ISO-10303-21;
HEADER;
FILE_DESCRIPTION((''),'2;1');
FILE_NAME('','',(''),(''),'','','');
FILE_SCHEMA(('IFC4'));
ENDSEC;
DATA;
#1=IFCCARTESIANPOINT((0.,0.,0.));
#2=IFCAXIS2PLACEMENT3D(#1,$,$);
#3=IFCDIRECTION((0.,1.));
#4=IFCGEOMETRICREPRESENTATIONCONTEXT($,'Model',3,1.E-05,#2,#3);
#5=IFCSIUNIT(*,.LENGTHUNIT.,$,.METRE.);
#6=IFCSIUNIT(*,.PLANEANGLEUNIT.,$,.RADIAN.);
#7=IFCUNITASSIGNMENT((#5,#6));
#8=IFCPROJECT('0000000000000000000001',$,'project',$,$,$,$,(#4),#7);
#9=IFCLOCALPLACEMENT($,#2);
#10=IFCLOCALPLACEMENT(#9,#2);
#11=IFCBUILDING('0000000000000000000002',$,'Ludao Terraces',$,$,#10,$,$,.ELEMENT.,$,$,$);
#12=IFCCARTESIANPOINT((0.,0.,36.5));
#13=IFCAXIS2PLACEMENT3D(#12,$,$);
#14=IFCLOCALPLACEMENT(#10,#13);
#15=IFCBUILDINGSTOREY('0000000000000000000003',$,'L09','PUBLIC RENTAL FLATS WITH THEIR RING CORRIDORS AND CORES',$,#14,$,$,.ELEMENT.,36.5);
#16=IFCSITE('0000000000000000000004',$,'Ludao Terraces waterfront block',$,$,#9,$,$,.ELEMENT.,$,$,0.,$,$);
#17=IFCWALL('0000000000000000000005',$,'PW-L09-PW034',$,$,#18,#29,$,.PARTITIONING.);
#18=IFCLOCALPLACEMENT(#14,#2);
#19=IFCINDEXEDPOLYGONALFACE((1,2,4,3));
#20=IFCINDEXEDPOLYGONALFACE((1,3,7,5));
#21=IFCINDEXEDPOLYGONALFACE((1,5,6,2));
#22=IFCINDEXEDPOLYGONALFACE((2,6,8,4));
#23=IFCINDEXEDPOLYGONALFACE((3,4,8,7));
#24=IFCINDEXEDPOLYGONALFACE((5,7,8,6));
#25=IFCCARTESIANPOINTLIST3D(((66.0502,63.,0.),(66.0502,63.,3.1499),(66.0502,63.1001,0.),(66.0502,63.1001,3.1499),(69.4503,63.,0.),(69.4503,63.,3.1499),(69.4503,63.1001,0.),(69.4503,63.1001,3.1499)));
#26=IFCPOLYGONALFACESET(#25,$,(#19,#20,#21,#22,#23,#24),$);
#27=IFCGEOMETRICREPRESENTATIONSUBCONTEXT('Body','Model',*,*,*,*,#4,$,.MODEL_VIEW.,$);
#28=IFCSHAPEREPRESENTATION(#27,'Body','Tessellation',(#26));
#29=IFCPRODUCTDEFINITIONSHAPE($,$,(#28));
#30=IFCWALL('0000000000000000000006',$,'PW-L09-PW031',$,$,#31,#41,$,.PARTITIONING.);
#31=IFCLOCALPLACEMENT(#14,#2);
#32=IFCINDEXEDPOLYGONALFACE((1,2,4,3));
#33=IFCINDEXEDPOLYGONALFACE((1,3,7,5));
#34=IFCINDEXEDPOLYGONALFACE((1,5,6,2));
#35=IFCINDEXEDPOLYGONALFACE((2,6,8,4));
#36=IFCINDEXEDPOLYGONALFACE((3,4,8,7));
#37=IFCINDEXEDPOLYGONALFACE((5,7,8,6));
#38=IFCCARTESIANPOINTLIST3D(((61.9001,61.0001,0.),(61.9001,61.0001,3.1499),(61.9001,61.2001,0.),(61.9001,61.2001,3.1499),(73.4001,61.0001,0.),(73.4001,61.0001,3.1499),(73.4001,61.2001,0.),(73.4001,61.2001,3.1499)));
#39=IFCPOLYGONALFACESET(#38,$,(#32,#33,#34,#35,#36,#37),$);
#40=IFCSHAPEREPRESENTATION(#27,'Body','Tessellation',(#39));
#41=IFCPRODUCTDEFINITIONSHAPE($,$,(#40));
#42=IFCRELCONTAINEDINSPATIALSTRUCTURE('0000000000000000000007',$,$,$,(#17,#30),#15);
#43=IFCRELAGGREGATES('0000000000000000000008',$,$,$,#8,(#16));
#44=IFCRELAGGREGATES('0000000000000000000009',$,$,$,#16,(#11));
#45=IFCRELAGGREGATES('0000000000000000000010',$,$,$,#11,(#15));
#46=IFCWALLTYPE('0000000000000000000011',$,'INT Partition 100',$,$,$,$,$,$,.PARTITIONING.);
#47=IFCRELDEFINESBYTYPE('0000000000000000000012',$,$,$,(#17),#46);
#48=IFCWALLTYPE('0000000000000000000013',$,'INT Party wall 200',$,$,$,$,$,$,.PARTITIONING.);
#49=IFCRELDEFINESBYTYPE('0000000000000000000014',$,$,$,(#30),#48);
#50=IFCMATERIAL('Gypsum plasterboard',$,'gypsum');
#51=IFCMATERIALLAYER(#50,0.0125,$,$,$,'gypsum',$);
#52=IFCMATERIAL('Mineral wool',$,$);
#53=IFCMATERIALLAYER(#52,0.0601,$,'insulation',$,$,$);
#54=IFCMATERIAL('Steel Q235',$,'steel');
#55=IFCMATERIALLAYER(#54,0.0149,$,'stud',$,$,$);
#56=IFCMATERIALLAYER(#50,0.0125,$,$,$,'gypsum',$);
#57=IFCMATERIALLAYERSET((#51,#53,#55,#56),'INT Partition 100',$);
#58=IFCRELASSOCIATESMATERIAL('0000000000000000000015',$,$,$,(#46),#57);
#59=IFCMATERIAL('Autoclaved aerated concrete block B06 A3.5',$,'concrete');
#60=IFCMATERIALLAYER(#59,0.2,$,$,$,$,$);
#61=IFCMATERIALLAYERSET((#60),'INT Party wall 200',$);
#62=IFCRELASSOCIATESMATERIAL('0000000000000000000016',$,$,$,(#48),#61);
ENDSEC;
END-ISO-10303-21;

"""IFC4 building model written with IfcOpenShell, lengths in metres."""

from ifc_helpers import new_model, si_unit, direction, frame, frame_2d, origin, place, context, subcontext, project, spatial, rectangle, extrude, material, layer, layer_set, type_object, element, save


model = new_model("IFC4")

# Units and contexts
model_context = context("Model", 3, precision=1e-05, world=origin(), true_north=direction((0.0, 1.0)))
body_context = subcontext(model_context, "Body", "Model", "MODEL_VIEW")
ifc_project = project(units=[si_unit("LENGTHUNIT", "METRE"), si_unit("PLANEANGLEUNIT", "RADIAN")], contexts=[model_context])

# Site, building, storey
site_placement = place(None, origin())
site = spatial("IfcSite", under=ifc_project, at=site_placement, Name="Ludao Terraces waterfront block", CompositionType="ELEMENT", RefElevation=0.0)
building_placement = place(site_placement, origin())
building = spatial("IfcBuilding", under=site, at=building_placement, Name="Ludao Terraces", CompositionType="ELEMENT")
storey_placement = place(building_placement, frame((0.0, 0.0, 36.5)))
storey = spatial("IfcBuildingStorey", under=building, at=storey_placement, Name="L09", Description="PUBLIC RENTAL FLATS WITH THEIR RING CORRIDORS AND CORES", CompositionType="ELEMENT", Elevation=36.5)

# Shared definitions
ifc_material_1 = material(Name="Mineral wool")

# Walls
ifc_material_2 = material(Name="Gypsum plasterboard", Category="gypsum")
ifc_layer_1 = layer(ifc_material_2, 0.0125, Category="gypsum")
ifc_layer_2 = layer(ifc_material_1, 0.0601, Name="insulation")
ifc_material_3 = material(Name="Steel Q235", Category="steel")
ifc_layer_3 = layer(ifc_material_3, 0.0149, Name="stud")
ifc_layer_4 = layer(ifc_material_2, 0.0125, Category="gypsum")
ifc_layer_set_1 = layer_set([ifc_layer_1, ifc_layer_2, ifc_layer_3, ifc_layer_4], Name="INT Partition 100")
wall_type_1 = type_object("IfcWallType", Name="INT Partition 100", PredefinedType="PARTITIONING", material=ifc_layer_set_1)
for number, where, z_axis, x_axis, name in (
    (1, (66.05, 63.05, 0.0), (0.0, 0.0, 1.0), (1.0, 0.0, 0.0), "PW-L09-PW034"),
):
    element("IfcWall", number, at=place(storey_placement, frame(where, z_axis=z_axis, x_axis=x_axis)), inside=storey, type_object=wall_type_1, Name=name, PredefinedType="PARTITIONING", context=body_context, shape_type="SweptSolid", body=[
        extrude(rectangle(XDim=3.4001, YDim=0.1001, at=frame_2d((1.7002, 0.0))), origin(), (0.0, 0.0, 1.0), 3.1499),
    ])
ifc_material_4 = material(Name="Autoclaved aerated concrete block B06 A3.5", Category="concrete")
ifc_layer_5 = layer(ifc_material_4, 0.2)
ifc_layer_set_2 = layer_set([ifc_layer_5], Name="INT Party wall 200")
wall_type_2 = type_object("IfcWallType", Name="INT Party wall 200", PredefinedType="PARTITIONING", material=ifc_layer_set_2)
wall_1_placement = place(storey_placement, frame((61.9001, 61.1001, 0.0), z_axis=(0.0, 0.0, 1.0), x_axis=(1.0, 0.0, 0.0)))
element("IfcWall", 2, at=wall_1_placement, inside=storey, type_object=wall_type_2, Name="PW-L09-PW031", PredefinedType="PARTITIONING", context=body_context, shape_type="SweptSolid", body=[
    extrude(rectangle(XDim=11.5, YDim=0.2, at=frame_2d((5.75, 0.0))), origin(), (0.0, 0.0, 1.0), 3.1499),
])

save(model, "model.ifc")
